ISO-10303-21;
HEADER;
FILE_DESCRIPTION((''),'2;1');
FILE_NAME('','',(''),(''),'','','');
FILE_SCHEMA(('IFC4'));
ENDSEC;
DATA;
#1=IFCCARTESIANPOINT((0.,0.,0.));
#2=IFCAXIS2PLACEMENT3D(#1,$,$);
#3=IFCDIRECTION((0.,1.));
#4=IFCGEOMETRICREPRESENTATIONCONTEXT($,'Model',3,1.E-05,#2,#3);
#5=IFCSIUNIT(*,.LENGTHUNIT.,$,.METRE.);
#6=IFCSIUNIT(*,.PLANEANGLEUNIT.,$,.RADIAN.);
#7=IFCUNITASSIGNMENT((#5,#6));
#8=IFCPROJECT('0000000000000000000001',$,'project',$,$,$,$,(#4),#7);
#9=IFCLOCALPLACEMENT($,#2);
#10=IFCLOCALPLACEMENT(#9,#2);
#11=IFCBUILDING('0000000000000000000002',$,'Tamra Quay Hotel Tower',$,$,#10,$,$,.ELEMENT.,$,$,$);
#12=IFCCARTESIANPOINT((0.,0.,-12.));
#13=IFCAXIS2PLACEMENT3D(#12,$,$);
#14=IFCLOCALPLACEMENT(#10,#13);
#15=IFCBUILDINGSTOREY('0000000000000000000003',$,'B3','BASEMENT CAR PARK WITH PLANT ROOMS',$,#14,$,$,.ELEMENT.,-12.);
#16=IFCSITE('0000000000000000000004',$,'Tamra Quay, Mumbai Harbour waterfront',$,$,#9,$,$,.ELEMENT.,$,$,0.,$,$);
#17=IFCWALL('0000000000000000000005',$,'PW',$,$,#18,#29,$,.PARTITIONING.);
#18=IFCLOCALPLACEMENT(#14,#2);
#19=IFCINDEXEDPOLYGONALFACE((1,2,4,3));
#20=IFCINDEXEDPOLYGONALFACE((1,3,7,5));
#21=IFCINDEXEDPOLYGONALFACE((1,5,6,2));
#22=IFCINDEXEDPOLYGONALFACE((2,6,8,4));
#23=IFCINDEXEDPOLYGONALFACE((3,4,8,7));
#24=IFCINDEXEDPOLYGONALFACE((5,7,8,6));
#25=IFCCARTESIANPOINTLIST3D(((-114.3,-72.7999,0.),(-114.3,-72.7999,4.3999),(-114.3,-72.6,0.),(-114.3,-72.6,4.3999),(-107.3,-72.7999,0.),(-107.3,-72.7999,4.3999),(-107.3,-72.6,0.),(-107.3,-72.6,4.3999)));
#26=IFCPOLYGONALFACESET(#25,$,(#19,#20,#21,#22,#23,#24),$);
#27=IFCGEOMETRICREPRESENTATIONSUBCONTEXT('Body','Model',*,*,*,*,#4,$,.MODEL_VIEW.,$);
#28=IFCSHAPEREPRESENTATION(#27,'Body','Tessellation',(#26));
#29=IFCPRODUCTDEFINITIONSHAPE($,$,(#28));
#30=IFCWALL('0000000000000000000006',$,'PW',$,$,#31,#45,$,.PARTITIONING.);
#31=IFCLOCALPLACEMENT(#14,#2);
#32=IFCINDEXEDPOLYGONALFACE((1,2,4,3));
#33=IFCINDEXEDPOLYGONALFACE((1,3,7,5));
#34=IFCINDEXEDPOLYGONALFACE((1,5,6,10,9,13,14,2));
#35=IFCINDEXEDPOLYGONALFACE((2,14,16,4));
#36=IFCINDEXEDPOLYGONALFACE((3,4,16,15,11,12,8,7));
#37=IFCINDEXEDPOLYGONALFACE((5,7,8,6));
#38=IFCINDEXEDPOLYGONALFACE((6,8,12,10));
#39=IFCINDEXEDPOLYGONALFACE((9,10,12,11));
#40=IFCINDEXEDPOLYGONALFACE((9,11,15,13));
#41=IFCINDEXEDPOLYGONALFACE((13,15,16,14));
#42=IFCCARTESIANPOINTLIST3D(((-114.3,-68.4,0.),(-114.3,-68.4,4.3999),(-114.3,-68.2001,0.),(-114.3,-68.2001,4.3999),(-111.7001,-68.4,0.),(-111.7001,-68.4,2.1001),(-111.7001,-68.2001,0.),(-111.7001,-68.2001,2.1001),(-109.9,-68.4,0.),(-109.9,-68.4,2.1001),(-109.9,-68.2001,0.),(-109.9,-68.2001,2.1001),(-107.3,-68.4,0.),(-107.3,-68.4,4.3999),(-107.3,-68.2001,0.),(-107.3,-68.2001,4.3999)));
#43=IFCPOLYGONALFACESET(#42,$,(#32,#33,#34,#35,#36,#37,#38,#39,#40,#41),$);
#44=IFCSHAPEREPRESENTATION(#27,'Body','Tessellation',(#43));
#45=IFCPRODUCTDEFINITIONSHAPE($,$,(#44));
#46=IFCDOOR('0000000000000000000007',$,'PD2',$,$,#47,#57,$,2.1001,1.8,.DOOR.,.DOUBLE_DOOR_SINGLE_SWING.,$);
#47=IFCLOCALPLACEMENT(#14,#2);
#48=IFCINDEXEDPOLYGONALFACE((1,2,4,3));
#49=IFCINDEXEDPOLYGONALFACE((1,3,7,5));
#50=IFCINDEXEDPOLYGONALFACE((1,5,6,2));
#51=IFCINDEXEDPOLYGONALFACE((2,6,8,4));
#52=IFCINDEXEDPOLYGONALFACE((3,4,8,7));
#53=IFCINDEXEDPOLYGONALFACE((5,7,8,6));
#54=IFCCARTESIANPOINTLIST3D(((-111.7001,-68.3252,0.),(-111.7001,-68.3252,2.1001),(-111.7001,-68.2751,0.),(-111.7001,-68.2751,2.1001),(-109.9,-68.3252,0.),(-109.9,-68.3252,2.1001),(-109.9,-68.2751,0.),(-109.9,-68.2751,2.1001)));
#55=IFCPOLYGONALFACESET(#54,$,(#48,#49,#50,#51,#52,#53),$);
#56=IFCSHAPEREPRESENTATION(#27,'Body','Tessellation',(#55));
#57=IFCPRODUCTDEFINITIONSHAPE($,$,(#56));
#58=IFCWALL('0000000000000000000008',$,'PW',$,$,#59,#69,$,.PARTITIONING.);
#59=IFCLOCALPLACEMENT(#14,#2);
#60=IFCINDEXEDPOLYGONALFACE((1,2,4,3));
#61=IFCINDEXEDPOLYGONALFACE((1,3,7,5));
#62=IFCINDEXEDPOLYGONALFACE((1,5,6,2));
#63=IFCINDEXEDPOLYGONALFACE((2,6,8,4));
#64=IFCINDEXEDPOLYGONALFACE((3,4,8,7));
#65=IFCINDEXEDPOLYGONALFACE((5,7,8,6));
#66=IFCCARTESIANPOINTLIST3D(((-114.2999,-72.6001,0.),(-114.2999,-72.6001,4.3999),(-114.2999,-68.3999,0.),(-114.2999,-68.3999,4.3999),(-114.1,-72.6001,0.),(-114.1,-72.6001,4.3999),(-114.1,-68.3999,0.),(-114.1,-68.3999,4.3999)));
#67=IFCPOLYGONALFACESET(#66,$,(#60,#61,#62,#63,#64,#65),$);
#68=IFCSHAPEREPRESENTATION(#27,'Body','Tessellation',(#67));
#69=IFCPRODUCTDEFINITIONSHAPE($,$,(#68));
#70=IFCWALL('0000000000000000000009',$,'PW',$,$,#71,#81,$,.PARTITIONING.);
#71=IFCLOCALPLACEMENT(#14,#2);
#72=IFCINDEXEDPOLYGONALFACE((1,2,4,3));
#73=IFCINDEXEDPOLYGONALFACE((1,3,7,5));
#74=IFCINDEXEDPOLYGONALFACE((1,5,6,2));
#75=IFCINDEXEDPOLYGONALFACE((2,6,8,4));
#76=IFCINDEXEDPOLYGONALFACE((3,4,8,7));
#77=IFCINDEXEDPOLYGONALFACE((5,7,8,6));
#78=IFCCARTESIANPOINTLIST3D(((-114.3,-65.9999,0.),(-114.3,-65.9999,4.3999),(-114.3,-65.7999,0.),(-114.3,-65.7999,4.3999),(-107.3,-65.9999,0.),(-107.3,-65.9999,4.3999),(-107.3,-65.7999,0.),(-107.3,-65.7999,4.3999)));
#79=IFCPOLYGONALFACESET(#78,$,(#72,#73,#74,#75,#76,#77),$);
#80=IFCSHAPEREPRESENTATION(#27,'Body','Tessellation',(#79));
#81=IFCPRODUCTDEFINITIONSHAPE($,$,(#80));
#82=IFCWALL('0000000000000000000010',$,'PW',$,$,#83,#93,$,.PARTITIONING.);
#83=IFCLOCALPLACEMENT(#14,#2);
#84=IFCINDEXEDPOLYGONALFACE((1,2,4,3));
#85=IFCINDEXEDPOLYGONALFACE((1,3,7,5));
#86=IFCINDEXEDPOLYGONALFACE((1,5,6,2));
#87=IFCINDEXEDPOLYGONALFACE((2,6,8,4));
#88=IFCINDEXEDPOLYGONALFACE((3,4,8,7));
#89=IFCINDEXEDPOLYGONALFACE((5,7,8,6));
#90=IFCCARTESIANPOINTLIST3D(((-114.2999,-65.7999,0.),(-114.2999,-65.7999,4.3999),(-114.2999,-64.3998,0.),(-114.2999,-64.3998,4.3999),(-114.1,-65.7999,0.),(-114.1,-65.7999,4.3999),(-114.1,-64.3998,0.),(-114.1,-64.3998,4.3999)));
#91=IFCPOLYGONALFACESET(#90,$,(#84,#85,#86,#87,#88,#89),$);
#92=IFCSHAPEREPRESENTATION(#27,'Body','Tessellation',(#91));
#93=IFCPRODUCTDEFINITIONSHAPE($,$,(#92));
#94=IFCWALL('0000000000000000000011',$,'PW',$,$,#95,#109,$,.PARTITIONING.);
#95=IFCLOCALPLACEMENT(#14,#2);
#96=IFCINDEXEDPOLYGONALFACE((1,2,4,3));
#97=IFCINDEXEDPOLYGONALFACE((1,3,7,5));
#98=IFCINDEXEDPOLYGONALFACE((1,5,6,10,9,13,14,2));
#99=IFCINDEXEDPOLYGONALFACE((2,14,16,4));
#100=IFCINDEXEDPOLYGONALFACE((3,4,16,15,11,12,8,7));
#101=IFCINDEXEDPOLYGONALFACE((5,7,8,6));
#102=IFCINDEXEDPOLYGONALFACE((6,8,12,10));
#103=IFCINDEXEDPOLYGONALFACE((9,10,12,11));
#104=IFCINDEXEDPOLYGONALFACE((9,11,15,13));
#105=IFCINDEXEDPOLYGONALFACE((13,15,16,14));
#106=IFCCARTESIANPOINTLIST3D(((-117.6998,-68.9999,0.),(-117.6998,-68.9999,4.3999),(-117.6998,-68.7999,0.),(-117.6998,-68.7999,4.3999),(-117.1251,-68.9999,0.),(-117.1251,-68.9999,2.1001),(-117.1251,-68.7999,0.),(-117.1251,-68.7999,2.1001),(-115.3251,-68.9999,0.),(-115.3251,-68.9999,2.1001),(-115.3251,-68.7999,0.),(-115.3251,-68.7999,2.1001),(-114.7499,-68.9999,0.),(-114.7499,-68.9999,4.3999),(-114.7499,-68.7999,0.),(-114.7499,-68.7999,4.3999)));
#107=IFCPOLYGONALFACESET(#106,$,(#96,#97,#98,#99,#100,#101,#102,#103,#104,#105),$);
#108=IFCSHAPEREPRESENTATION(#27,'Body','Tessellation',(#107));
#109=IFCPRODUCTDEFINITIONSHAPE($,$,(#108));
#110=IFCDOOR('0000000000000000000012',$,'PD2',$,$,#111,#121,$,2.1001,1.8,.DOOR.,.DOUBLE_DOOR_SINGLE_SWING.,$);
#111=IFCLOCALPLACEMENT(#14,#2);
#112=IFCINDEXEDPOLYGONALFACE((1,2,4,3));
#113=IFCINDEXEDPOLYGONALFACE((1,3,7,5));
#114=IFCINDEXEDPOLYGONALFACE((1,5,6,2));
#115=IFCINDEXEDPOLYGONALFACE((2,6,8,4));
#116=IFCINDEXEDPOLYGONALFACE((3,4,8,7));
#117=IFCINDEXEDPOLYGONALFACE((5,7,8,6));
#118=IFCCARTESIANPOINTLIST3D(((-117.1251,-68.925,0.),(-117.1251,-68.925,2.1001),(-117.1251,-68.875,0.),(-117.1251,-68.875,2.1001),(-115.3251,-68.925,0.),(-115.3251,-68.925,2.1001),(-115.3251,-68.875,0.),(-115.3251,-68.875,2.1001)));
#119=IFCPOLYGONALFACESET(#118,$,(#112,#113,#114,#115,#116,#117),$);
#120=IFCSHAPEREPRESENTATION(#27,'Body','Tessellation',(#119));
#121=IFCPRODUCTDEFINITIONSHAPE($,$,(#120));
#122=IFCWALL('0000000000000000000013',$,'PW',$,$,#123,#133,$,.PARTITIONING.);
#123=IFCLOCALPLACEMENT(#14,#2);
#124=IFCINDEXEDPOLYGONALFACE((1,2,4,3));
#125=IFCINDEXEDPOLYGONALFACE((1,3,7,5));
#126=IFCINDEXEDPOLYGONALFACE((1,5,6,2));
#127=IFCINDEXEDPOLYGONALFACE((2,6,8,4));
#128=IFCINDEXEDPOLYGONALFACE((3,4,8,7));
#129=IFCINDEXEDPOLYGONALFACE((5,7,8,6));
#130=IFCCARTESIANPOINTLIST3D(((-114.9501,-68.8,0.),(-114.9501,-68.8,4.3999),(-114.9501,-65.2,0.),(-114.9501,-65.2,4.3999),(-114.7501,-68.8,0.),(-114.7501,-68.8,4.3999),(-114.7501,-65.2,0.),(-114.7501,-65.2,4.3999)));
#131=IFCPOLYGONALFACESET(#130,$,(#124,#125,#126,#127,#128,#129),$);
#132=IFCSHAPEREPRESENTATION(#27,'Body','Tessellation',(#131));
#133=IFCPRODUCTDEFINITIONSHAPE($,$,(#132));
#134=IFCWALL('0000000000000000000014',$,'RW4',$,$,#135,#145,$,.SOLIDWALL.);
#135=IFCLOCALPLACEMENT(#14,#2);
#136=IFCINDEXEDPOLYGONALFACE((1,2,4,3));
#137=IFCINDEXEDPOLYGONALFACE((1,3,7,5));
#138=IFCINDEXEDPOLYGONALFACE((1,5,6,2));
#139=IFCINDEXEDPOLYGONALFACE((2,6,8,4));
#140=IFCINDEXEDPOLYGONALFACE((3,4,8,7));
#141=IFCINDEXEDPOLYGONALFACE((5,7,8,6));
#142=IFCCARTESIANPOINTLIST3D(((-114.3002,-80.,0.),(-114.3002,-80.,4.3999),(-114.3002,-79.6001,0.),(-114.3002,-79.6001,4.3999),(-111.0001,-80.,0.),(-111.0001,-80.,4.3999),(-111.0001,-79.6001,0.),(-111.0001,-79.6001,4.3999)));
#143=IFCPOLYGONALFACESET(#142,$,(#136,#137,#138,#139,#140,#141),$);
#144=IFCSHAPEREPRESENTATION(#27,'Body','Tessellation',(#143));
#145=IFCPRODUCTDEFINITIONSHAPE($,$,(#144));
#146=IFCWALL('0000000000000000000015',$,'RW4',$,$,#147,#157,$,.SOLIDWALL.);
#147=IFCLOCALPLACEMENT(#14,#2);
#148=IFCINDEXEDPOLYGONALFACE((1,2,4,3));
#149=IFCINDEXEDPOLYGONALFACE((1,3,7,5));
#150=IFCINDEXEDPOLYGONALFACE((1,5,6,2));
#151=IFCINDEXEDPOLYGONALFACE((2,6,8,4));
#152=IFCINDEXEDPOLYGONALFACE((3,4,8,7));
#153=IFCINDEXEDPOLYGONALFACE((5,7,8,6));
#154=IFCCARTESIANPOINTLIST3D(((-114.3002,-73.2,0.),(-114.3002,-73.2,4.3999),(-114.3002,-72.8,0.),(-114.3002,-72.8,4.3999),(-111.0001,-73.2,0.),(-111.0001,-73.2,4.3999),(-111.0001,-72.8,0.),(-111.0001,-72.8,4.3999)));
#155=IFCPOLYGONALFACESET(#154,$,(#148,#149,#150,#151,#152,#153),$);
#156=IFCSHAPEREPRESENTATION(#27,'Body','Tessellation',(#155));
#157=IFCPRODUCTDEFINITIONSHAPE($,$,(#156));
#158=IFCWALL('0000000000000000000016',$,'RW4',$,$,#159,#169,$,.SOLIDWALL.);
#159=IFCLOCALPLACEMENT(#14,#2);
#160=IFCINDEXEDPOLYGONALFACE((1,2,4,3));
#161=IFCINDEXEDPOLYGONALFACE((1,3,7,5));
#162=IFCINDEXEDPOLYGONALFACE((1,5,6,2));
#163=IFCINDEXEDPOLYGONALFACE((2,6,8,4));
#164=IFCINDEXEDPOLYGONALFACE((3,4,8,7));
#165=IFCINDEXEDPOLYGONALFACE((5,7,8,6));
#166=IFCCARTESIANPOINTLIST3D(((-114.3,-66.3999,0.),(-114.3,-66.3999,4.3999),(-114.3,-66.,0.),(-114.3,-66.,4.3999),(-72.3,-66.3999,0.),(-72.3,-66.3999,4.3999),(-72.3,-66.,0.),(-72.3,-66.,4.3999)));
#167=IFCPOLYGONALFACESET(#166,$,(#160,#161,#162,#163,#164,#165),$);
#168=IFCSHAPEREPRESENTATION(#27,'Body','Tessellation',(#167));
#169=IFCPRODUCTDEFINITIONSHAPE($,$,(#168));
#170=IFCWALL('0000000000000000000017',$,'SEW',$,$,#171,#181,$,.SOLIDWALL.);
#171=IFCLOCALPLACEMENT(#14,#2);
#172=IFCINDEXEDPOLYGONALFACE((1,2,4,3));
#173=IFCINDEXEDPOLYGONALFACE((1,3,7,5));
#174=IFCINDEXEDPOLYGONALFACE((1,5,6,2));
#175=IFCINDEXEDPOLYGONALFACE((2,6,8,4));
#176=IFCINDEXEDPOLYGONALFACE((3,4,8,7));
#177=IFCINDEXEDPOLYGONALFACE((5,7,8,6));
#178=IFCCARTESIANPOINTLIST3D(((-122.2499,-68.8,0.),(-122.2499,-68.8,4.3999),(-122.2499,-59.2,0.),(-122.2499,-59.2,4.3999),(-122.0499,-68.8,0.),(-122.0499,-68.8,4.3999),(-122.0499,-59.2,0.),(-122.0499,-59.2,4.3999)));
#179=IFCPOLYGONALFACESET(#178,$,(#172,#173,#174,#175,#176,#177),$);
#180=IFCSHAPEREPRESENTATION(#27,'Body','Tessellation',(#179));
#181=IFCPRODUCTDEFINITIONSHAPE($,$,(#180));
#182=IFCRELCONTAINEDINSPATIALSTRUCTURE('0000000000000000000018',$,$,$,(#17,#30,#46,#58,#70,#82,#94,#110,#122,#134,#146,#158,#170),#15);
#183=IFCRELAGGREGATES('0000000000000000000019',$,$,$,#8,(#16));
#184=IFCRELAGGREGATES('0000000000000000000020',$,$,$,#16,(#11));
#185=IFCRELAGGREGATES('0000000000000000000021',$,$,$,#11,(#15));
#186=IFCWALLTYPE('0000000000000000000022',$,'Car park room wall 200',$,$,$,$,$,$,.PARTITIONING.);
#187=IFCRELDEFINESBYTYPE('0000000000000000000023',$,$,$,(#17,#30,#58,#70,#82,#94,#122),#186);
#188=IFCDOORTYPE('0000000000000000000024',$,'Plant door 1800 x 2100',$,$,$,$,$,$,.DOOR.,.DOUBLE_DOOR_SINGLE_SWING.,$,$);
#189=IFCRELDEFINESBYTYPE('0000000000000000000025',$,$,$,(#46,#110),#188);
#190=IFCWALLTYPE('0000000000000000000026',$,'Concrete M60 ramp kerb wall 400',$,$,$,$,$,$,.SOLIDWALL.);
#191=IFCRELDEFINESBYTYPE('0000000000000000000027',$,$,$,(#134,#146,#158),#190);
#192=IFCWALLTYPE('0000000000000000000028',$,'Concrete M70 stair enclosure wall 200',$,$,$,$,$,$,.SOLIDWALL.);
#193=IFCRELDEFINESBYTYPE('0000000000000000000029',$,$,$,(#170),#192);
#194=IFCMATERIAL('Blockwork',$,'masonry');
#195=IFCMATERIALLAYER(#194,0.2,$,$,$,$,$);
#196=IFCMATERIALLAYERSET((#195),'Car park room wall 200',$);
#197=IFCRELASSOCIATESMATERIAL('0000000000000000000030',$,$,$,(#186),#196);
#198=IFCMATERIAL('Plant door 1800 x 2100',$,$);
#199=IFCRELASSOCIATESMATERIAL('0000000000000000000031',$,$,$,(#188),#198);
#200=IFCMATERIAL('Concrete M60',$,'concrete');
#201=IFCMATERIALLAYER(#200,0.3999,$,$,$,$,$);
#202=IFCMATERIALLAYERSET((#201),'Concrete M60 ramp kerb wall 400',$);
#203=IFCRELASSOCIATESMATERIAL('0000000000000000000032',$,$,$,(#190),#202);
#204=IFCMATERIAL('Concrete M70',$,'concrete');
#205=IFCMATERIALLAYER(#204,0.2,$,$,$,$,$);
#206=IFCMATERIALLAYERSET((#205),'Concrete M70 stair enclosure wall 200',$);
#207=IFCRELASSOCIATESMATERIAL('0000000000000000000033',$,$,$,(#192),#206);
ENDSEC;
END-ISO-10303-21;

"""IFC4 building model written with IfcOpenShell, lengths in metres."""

from ifc_helpers import new_model, si_unit, direction, frame, frame_2d, origin, place, context, subcontext, project, spatial, rectangle, extrude, material, layer, layer_set, type_object, element, fill, save


model = new_model("IFC4")

# Units and contexts
model_context = context("Model", 3, precision=1e-05, world=origin(), true_north=direction((0.0, 1.0)))
body_context = subcontext(model_context, "Body", "Model", "MODEL_VIEW")
ifc_project = project(units=[si_unit("LENGTHUNIT", "METRE"), si_unit("PLANEANGLEUNIT", "RADIAN")], contexts=[model_context])

# Site, building, storey
site_placement = place(None, origin())
site = spatial("IfcSite", under=ifc_project, at=site_placement, Name="Tamra Quay, Mumbai Harbour waterfront", CompositionType="ELEMENT", RefElevation=0.0)
building_placement = place(site_placement, origin())
building = spatial("IfcBuilding", under=site, at=building_placement, Name="Tamra Quay Hotel Tower", CompositionType="ELEMENT")
storey_placement = place(building_placement, frame((0.0, 0.0, -12.0)))
storey = spatial("IfcBuildingStorey", under=building, at=storey_placement, Name="B3", Description="BASEMENT CAR PARK WITH PLANT ROOMS", CompositionType="ELEMENT", Elevation=-12.0)

# Shared definitions
ifc_material_1 = material(Name="Concrete M70", Category="concrete")

# Wall
ifc_material_2 = material(Name="Blockwork", Category="masonry")
ifc_layer_1 = layer(ifc_material_2, 0.2)
ifc_layer_set_1 = layer_set([ifc_layer_1], Name="Car park room wall 200")
wall_type_1 = type_object("IfcWallType", Name="Car park room wall 200", PredefinedType="PARTITIONING", material=ifc_layer_set_1)
wall_1_placement = place(storey_placement, frame((-114.3, -72.7, 0.0), z_axis=(0.0, 0.0, 1.0), x_axis=(1.0, 0.0, 0.0)))
element("IfcWall", 1, at=wall_1_placement, inside=storey, type_object=wall_type_1, Name="PW", PredefinedType="PARTITIONING", context=body_context, shape_type="SweptSolid", body=[
    extrude(rectangle(XDim=7.0, YDim=0.2, at=frame_2d((3.5, 0.0))), origin(), (0.0, 0.0, 1.0), 4.3999),
])

# Wall, opening, door
wall_2_placement = place(storey_placement, frame((-114.3, -68.3, 0.0), z_axis=(0.0, 0.0, 1.0), x_axis=(1.0, 0.0, 0.0)))
wall_2 = element("IfcWall", 2, at=wall_2_placement, inside=storey, type_object=wall_type_1, Name="PW", PredefinedType="PARTITIONING", context=body_context, shape_type="SweptSolid", body=[
    extrude(rectangle(XDim=7.0, YDim=0.2, at=frame_2d((3.5, 0.0))), origin(), (0.0, 0.0, 1.0), 4.3999),
])
opening_1_placement = place(wall_2_placement, frame((2.6001, 0.0, 0.0)))
opening_1 = element("IfcOpeningElement", 3, at=opening_1_placement, cuts=wall_2, PredefinedType="OPENING", context=body_context, shape_type="SweptSolid", body=[
    extrude(rectangle(XDim=1.8, YDim=2.1001, at=frame_2d((0.8999, 1.05))), frame((0.0, 0.1099, 0.0), z_axis=(0.0, -1.0, 0.0), x_axis=(1.0, 0.0, 0.0)), (0.0, 0.0, 1.0), 0.22),
])
ifc_material_3 = material(Name="Plant door 1800 x 2100")
door_type_1 = type_object("IfcDoorType", Name="Plant door 1800 x 2100", OperationType="DOUBLE_DOOR_SINGLE_SWING", PredefinedType="DOOR", material=ifc_material_3)
door_1_placement = place(opening_1_placement, origin())
door_1 = element("IfcDoor", 4, at=door_1_placement, inside=storey, type_object=door_type_1, Name="PD2", OperationType="DOUBLE_DOOR_SINGLE_SWING", OverallHeight=2.1001, OverallWidth=1.8, PredefinedType="DOOR", context=body_context, shape_type="SweptSolid", body=[
    extrude(rectangle(XDim=1.8, YDim=2.1001, at=frame_2d((0.8999, 1.05))), frame((0.0, 0.0249, 0.0), z_axis=(0.0, -1.0, 0.0), x_axis=(1.0, 0.0, 0.0)), (0.0, 0.0, 1.0), 0.05),
])
fill(opening_1, door_1)

# Walls
wall_3_placement = place(storey_placement, frame((-114.2, -72.6001, 0.0), z_axis=(0.0, 0.0, 1.0), x_axis=(0.0, 1.0, 0.0)))
element("IfcWall", 5, at=wall_3_placement, inside=storey, type_object=wall_type_1, Name="PW", PredefinedType="PARTITIONING", context=body_context, shape_type="SweptSolid", body=[
    extrude(rectangle(XDim=4.2002, YDim=0.2, at=frame_2d((2.1001, 0.0))), origin(), (0.0, 0.0, 1.0), 4.3999),
])
wall_4_placement = place(storey_placement, frame((-114.3, -65.8999, 0.0), z_axis=(0.0, 0.0, 1.0), x_axis=(1.0, 0.0, 0.0)))
element("IfcWall", 6, at=wall_4_placement, inside=storey, type_object=wall_type_1, Name="PW", PredefinedType="PARTITIONING", context=body_context, shape_type="SweptSolid", body=[
    extrude(rectangle(XDim=7.0, YDim=0.2, at=frame_2d((3.5, 0.0))), origin(), (0.0, 0.0, 1.0), 4.3999),
])
wall_5_placement = place(storey_placement, frame((-114.2, -65.8, 0.0), z_axis=(0.0, 0.0, 1.0), x_axis=(0.0, 1.0, 0.0)))
element("IfcWall", 7, at=wall_5_placement, inside=storey, type_object=wall_type_1, Name="PW", PredefinedType="PARTITIONING", context=body_context, shape_type="SweptSolid", body=[
    extrude(rectangle(XDim=1.4001, YDim=0.2, at=frame_2d((0.7002, 0.0))), origin(), (0.0, 0.0, 1.0), 4.3999),
])

# Wall, opening, door
wall_6_placement = place(storey_placement, frame((-117.7, -68.8999, 0.0), z_axis=(0.0, 0.0, 1.0), x_axis=(1.0, 0.0, 0.0)))
wall_6 = element("IfcWall", 8, at=wall_6_placement, inside=storey, type_object=wall_type_1, Name="PW", PredefinedType="PARTITIONING", context=body_context, shape_type="SweptSolid", body=[
    extrude(rectangle(XDim=2.95, YDim=0.2, at=frame_2d((1.4751, 0.0))), origin(), (0.0, 0.0, 1.0), 4.3999),
])
opening_2_placement = place(wall_6_placement, frame((0.575, 0.0, 0.0)))
opening_2 = element("IfcOpeningElement", 9, at=opening_2_placement, cuts=wall_6, PredefinedType="OPENING", context=body_context, shape_type="SweptSolid", body=[
    extrude(rectangle(XDim=1.8, YDim=2.1001, at=frame_2d((0.8999, 1.05))), frame((0.0, 0.1099, 0.0), z_axis=(0.0, -1.0, 0.0), x_axis=(1.0, 0.0, 0.0)), (0.0, 0.0, 1.0), 0.22),
])
door_2_placement = place(opening_2_placement, origin())
door_2 = element("IfcDoor", 10, at=door_2_placement, inside=storey, type_object=door_type_1, Name="PD2", OperationType="DOUBLE_DOOR_SINGLE_SWING", OverallHeight=2.1001, OverallWidth=1.8, PredefinedType="DOOR", context=body_context, shape_type="SweptSolid", body=[
    extrude(rectangle(XDim=1.8, YDim=2.1001, at=frame_2d((0.8999, 1.05))), frame((0.0, 0.0249, 0.0), z_axis=(0.0, -1.0, 0.0), x_axis=(1.0, 0.0, 0.0)), (0.0, 0.0, 1.0), 0.05),
])
fill(opening_2, door_2)

# Walls
wall_7_placement = place(storey_placement, frame((-114.8501, -68.8, 0.0), z_axis=(0.0, 0.0, 1.0), x_axis=(0.0, 1.0, 0.0)))
element("IfcWall", 11, at=wall_7_placement, inside=storey, type_object=wall_type_1, Name="PW", PredefinedType="PARTITIONING", context=body_context, shape_type="SweptSolid", body=[
    extrude(rectangle(XDim=3.6001, YDim=0.2, at=frame_2d((1.8, 0.0))), origin(), (0.0, 0.0, 1.0), 4.3999),
])
ifc_material_4 = material(Name="Concrete M60", Category="concrete")
ifc_layer_2 = layer(ifc_material_4, 0.3999)
ifc_layer_set_2 = layer_set([ifc_layer_2], Name="Concrete M60 ramp kerb wall 400")
wall_type_2 = type_object("IfcWallType", Name="Concrete M60 ramp kerb wall 400", PredefinedType="SOLIDWALL", material=ifc_layer_set_2)
for number, where, z_axis, x_axis, name in (
    (12, (-114.3, -79.8, 0.0), (0.0, 0.0, 1.0), (1.0, 0.0, 0.0), "RW4"),
    (13, (-114.3, -73.0, 0.0), (0.0, 0.0, 1.0), (1.0, 0.0, 0.0), "RW4"),
):
    element("IfcWall", number, at=place(storey_placement, frame(where, z_axis=z_axis, x_axis=x_axis)), inside=storey, type_object=wall_type_2, Name=name, PredefinedType="SOLIDWALL", context=body_context, shape_type="SweptSolid", body=[
        extrude(rectangle(XDim=3.3, YDim=0.3999, at=frame_2d((1.6499, 0.0))), origin(), (0.0, 0.0, 1.0), 4.3999),
    ])
wall_8_placement = place(storey_placement, frame((-114.3, -66.2, 0.0), z_axis=(0.0, 0.0, 1.0), x_axis=(1.0, 0.0, 0.0)))
element("IfcWall", 14, at=wall_8_placement, inside=storey, type_object=wall_type_2, Name="RW4", PredefinedType="SOLIDWALL", context=body_context, shape_type="SweptSolid", body=[
    extrude(rectangle(XDim=42.0, YDim=0.3999, at=frame_2d((21.0, 0.0))), origin(), (0.0, 0.0, 1.0), 4.3999),
])
ifc_layer_3 = layer(ifc_material_1, 0.2)
ifc_layer_set_3 = layer_set([ifc_layer_3], Name="Concrete M70 stair enclosure wall 200")
wall_type_3 = type_object("IfcWallType", Name="Concrete M70 stair enclosure wall 200", PredefinedType="SOLIDWALL", material=ifc_layer_set_3)
wall_9_placement = place(storey_placement, frame((-122.1499, -68.8, 0.0), z_axis=(0.0, 0.0, 1.0), x_axis=(0.0, 1.0, 0.0)))
element("IfcWall", 15, at=wall_9_placement, inside=storey, type_object=wall_type_3, Name="SEW", PredefinedType="SOLIDWALL", context=body_context, shape_type="SweptSolid", body=[
    extrude(rectangle(XDim=9.6001, YDim=0.2, at=frame_2d((4.8, 0.0))), origin(), (0.0, 0.0, 1.0), 4.3999),
])

save(model, "model.ifc")
